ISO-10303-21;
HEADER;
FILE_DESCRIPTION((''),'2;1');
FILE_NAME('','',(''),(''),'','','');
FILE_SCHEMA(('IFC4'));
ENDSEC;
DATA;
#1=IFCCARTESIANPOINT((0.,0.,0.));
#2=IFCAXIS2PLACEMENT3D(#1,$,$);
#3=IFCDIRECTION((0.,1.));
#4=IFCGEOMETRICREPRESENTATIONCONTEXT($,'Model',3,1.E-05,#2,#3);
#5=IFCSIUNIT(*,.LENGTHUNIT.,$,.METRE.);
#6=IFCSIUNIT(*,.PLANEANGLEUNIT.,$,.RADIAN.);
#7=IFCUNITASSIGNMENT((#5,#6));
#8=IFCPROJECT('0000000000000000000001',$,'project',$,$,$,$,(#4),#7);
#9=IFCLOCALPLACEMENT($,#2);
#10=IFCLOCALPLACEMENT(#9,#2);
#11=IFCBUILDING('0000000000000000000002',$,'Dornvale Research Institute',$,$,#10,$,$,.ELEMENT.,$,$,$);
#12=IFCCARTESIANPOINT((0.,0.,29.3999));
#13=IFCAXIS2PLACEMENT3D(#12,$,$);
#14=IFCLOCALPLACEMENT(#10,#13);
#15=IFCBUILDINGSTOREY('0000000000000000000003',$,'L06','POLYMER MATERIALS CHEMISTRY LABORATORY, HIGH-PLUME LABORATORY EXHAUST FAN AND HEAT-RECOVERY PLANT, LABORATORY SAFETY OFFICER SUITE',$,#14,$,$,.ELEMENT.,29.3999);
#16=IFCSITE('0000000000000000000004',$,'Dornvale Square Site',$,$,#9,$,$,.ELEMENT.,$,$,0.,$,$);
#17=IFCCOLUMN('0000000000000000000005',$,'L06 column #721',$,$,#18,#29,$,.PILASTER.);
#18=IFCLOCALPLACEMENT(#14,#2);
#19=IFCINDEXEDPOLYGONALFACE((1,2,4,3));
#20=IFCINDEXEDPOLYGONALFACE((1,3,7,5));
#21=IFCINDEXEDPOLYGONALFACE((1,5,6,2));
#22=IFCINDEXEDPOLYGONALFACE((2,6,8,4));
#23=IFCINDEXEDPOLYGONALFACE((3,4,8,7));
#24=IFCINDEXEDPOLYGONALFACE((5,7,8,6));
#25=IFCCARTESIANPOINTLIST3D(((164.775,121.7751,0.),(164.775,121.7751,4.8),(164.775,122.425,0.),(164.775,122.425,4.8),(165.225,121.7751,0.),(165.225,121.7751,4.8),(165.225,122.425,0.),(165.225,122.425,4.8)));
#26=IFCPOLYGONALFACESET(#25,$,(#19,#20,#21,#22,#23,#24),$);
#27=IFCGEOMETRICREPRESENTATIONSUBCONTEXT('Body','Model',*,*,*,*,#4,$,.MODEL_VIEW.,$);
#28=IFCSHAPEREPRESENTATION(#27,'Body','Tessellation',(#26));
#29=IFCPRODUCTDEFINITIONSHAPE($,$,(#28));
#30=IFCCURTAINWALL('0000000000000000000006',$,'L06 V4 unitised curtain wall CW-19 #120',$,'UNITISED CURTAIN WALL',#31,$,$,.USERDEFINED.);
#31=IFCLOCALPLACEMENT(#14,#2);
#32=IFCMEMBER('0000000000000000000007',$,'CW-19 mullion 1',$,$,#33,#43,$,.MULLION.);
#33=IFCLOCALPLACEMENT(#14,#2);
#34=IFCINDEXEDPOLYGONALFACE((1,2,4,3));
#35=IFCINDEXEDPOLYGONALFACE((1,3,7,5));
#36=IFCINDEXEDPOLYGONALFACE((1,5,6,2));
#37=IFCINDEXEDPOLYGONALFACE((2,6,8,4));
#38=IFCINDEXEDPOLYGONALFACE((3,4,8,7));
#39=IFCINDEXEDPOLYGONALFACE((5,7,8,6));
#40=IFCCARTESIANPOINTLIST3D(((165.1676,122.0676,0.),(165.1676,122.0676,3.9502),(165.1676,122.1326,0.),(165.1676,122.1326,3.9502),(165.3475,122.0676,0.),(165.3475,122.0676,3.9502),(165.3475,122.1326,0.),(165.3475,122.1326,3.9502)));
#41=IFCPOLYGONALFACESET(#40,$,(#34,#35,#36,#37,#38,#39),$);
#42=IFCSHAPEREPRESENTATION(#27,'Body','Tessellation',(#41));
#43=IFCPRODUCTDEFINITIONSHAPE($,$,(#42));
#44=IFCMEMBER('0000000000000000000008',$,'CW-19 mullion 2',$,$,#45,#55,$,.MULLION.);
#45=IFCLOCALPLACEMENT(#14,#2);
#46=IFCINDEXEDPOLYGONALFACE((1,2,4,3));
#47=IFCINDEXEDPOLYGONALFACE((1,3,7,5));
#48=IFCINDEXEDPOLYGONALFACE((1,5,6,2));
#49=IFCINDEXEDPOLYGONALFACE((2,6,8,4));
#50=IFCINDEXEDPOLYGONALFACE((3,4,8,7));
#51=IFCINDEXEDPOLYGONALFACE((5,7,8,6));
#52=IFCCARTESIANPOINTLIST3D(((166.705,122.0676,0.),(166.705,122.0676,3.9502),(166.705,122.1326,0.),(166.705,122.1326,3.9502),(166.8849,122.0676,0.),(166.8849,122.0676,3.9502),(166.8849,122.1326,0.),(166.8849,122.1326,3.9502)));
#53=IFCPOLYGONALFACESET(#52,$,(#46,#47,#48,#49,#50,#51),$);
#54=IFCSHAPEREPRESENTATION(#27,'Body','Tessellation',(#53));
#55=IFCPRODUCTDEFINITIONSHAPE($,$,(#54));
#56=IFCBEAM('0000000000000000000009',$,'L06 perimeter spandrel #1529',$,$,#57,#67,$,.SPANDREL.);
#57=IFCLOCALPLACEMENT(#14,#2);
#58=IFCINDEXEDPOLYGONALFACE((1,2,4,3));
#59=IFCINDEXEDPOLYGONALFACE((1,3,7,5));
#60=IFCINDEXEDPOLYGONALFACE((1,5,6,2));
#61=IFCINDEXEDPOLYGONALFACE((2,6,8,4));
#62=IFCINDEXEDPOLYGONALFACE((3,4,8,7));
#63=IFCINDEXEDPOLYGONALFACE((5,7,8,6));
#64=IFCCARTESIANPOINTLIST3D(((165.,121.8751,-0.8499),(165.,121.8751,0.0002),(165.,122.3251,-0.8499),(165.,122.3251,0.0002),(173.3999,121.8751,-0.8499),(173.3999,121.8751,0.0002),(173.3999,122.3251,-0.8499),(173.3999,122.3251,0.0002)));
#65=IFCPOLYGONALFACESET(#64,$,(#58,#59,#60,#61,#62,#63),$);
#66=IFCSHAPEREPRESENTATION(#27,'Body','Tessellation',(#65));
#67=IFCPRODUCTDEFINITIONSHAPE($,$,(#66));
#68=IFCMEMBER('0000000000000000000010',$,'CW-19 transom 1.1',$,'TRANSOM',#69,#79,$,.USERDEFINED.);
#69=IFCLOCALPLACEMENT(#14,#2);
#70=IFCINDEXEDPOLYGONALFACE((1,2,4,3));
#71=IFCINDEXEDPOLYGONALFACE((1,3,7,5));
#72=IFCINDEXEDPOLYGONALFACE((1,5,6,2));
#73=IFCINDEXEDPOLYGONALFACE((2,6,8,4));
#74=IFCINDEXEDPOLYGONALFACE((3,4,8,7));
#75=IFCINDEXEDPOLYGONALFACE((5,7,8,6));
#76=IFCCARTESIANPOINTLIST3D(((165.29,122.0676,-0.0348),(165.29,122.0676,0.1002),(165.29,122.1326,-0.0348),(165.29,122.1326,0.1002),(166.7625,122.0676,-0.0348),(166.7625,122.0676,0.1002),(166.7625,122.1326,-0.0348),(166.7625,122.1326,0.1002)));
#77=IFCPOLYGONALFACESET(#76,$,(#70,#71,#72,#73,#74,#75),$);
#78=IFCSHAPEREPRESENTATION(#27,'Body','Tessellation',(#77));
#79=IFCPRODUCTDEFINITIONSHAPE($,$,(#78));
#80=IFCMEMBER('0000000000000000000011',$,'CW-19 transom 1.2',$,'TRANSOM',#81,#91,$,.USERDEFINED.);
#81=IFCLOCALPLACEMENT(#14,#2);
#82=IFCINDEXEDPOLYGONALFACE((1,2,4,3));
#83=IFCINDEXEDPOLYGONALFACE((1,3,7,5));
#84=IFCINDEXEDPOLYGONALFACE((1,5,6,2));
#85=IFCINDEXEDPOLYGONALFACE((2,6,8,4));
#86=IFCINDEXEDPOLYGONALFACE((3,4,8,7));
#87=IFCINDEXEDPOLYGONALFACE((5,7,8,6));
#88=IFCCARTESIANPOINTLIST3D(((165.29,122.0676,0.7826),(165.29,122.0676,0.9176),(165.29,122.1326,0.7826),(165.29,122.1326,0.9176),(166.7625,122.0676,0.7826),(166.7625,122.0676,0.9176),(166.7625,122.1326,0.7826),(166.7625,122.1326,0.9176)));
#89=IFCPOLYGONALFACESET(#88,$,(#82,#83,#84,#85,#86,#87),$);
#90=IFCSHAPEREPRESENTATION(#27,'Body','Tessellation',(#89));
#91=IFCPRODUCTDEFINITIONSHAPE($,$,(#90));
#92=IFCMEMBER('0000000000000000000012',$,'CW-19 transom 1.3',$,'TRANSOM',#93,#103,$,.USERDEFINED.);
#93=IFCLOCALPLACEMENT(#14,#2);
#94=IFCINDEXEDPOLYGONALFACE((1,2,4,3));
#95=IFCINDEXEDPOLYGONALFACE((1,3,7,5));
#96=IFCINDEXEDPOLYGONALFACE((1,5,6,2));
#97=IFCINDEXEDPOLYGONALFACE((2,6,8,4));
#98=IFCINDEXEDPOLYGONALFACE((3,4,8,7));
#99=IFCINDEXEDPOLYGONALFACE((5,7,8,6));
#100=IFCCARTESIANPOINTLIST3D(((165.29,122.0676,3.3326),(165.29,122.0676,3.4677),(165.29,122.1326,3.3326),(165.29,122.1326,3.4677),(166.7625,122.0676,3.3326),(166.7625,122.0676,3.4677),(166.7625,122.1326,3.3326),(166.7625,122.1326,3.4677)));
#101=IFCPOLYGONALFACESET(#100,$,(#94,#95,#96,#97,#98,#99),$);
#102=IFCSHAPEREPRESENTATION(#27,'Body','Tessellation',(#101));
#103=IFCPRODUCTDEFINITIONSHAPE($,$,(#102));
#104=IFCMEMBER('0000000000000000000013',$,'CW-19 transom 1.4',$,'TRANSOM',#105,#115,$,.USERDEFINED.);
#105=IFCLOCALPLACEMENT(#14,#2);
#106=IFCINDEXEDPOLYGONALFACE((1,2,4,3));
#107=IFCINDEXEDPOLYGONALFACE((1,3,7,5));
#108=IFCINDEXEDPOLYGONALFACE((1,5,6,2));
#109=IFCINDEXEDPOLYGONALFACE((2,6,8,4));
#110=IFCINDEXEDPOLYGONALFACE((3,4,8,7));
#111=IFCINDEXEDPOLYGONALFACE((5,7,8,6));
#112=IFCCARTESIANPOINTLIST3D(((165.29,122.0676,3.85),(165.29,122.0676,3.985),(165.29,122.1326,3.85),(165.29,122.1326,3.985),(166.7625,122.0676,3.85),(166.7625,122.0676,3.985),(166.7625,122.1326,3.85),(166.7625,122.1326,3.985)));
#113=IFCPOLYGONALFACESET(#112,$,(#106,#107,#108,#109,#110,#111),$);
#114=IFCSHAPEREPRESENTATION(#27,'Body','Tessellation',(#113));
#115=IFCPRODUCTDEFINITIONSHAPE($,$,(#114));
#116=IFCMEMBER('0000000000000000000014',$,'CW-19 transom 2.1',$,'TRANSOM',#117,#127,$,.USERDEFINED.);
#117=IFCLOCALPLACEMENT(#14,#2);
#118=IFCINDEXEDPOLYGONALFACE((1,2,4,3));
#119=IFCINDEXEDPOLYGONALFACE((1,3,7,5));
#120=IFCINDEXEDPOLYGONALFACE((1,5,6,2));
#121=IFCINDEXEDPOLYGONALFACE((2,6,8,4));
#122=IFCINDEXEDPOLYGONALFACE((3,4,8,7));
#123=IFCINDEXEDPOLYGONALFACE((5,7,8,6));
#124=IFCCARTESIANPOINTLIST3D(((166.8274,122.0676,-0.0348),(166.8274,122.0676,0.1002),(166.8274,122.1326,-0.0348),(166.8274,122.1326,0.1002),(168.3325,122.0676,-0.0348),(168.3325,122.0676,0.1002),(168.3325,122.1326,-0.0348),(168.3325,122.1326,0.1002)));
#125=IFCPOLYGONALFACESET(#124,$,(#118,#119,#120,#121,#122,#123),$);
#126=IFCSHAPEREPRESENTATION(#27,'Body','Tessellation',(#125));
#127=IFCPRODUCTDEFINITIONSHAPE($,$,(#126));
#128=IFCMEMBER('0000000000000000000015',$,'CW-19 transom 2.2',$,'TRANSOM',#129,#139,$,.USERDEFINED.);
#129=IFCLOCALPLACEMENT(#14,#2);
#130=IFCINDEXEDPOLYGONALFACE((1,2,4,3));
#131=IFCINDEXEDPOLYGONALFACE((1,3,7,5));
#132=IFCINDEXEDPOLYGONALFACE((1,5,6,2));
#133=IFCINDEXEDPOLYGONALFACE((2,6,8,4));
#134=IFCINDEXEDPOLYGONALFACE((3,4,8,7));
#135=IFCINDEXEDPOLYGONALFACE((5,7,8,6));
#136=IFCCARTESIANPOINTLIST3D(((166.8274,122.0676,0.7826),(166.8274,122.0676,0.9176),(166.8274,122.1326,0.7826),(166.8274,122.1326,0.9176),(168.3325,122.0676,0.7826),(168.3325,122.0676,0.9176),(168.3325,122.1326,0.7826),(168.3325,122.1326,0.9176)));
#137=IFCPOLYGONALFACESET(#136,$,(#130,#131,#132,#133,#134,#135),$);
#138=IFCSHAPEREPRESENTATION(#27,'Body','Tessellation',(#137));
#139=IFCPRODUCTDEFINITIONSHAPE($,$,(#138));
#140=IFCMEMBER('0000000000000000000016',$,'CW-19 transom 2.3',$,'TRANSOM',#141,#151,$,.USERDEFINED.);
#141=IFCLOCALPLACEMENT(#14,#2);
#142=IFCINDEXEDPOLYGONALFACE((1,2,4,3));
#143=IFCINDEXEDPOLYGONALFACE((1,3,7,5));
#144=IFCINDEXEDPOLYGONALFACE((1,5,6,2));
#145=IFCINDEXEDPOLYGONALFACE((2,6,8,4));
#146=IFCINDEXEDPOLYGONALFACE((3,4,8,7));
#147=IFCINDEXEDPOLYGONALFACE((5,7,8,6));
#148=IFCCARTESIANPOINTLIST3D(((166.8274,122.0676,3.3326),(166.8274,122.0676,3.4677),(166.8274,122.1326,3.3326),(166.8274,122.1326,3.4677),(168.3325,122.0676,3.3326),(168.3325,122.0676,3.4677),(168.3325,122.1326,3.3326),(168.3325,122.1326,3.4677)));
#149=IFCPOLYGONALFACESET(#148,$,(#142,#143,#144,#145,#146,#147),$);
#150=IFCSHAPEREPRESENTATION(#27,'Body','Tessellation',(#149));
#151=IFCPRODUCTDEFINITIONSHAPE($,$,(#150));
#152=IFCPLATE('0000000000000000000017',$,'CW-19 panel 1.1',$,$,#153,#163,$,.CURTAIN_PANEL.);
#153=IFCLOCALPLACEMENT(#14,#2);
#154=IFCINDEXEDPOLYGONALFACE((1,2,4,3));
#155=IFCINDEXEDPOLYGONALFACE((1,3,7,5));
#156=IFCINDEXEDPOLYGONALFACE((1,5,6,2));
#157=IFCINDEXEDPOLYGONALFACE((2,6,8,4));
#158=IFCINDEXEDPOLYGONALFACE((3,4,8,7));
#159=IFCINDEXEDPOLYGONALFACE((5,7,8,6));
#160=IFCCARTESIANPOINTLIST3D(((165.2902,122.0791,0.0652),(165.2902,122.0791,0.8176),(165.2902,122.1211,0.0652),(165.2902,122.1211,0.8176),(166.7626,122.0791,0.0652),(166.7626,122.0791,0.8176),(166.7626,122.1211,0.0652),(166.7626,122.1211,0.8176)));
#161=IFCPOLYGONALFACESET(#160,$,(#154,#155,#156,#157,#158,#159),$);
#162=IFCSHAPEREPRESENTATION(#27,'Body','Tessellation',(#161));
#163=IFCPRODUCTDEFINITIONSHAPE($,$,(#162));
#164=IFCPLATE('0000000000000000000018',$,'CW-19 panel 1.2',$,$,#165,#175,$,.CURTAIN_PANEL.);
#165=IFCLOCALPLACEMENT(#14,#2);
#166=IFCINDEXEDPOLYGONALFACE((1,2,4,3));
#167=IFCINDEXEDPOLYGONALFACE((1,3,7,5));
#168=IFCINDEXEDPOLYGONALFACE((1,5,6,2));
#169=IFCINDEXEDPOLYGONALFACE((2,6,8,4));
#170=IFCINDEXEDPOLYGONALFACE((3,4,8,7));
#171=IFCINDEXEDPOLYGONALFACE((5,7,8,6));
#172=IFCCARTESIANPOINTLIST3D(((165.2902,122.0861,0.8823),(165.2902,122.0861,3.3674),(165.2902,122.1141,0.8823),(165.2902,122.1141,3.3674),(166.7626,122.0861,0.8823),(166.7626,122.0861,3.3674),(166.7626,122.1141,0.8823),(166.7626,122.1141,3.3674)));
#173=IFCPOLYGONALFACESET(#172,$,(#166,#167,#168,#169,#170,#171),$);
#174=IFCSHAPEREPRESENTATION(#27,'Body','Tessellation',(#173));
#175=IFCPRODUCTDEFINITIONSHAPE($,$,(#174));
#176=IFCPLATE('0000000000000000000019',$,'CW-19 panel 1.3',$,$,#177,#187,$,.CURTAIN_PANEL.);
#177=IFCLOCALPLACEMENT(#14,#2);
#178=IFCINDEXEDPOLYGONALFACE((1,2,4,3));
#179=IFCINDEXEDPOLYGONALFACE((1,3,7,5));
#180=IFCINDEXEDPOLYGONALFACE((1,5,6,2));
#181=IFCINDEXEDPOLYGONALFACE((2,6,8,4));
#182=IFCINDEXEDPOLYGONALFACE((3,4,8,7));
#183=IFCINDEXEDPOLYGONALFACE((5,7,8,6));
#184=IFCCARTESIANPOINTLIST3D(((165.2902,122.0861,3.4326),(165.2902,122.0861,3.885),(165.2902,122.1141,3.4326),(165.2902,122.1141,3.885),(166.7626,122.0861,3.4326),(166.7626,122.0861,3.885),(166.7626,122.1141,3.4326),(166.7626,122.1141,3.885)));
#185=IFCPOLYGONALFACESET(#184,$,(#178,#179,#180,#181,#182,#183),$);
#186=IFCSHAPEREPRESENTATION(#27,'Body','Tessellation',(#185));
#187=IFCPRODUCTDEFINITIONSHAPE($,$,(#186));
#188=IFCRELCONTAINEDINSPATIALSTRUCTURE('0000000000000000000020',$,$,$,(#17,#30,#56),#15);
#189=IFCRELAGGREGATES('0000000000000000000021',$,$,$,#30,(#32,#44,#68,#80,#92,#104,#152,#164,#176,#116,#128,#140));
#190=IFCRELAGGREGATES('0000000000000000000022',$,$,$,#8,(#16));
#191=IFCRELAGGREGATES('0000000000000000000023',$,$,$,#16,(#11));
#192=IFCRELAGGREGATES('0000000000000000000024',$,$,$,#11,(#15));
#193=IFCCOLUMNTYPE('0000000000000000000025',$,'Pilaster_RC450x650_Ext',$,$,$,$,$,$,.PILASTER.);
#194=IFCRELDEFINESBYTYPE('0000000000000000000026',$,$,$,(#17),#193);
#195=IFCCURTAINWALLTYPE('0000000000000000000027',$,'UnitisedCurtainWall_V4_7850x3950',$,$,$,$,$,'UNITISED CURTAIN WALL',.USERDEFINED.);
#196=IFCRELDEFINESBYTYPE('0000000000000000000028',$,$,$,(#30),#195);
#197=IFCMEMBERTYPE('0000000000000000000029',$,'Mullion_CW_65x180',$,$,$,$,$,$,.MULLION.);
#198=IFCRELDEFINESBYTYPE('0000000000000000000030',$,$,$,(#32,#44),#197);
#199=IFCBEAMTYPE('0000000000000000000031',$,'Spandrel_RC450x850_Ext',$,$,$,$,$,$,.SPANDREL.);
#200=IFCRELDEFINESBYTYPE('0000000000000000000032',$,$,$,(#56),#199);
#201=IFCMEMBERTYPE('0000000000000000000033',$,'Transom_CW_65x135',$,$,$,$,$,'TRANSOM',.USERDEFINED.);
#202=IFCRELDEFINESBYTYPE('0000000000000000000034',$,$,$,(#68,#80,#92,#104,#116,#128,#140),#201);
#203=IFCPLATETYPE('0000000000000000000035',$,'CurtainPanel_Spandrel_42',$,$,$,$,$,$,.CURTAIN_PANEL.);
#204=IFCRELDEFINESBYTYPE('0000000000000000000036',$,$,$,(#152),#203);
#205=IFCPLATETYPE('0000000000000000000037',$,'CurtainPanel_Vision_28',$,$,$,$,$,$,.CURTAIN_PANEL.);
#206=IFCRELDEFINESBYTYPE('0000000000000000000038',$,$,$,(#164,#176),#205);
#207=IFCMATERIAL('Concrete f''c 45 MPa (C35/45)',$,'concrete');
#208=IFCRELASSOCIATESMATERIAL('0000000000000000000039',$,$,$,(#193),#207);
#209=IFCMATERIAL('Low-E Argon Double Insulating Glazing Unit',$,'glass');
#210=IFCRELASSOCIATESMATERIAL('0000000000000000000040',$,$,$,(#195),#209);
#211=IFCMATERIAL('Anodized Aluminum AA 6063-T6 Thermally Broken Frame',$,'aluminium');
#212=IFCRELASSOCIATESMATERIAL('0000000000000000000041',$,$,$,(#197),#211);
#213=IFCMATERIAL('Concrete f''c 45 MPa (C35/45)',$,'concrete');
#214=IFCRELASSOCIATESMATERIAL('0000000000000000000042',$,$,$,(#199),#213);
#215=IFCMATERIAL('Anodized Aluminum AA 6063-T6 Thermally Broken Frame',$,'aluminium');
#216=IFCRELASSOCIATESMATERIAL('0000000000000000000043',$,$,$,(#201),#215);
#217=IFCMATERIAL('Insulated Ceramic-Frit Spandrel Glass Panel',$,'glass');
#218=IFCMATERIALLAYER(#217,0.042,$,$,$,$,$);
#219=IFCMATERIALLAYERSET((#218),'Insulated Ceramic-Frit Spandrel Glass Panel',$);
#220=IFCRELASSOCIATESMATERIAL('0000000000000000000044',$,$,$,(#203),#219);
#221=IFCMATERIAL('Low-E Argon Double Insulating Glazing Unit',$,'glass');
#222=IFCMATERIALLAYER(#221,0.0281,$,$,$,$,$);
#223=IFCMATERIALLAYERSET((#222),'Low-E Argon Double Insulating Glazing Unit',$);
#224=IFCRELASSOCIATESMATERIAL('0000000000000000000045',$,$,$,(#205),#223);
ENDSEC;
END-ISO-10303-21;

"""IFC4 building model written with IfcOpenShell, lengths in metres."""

from ifc_helpers import new_model, si_unit, direction, frame, origin, origin_2d, place, context, subcontext, project, spatial, rectangle, extrude, material, layer, layer_set, material_profile, profile_set, type_object, element, aggregate, save


model = new_model("IFC4")

# Units and contexts
model_context = context("Model", 3, precision=1e-05, world=origin(), true_north=direction((0.0, 1.0)))
body_context = subcontext(model_context, "Body", "Model", "MODEL_VIEW")
ifc_project = project(units=[si_unit("LENGTHUNIT", "METRE"), si_unit("PLANEANGLEUNIT", "RADIAN")], contexts=[model_context])

# Site, building, storey
site_placement = place(None, origin())
site = spatial("IfcSite", under=ifc_project, at=site_placement, Name="Dornvale Square Site", CompositionType="ELEMENT", RefElevation=0.0)
building_placement = place(site_placement, origin())
building = spatial("IfcBuilding", under=site, at=building_placement, Name="Dornvale Research Institute", CompositionType="ELEMENT")
storey_placement = place(building_placement, frame((0.0, 0.0, 29.3999)))
storey = spatial("IfcBuildingStorey", under=building, at=storey_placement, Name="L06", Description="POLYMER MATERIALS CHEMISTRY LABORATORY, HIGH-PLUME LABORATORY EXHAUST FAN AND HEAT-RECOVERY PLANT, LABORATORY SAFETY OFFICER SUITE", CompositionType="ELEMENT", Elevation=29.3999)

# Column
ifc_material_1 = material(Name="Concrete f'c 45 MPa (C35/45)", Category="concrete")
ifc_material_profile_1 = material_profile(ifc_material_1, rectangle(XDim=0.45, YDim=0.6499, at=origin_2d()), Name="RC 450x650")
ifc_profile_set_1 = profile_set([ifc_material_profile_1], Name="Concrete f'c 45 MPa (C35/45)")
column_type = type_object("IfcColumnType", Name="Pilaster_RC450x650_Ext", PredefinedType="PILASTER", material=ifc_profile_set_1)
column_placement = place(storey_placement, frame((165.0, 122.1001, 0.0), z_axis=(0.0, 0.0, 1.0), x_axis=(1.0, 0.0, 0.0)))
element("IfcColumn", 1, at=column_placement, inside=storey, type_object=column_type, Name="L06 column #721", PredefinedType="PILASTER", context=body_context, shape_type="SweptSolid", body=[
    extrude(rectangle(XDim=0.45, YDim=0.6499, at=origin_2d()), origin(), (0.0, 0.0, 1.0), 4.8),
])

# Curtain wall, members
ifc_material_2 = material(Name="Low-E Argon Double Insulating Glazing Unit", Category="glass")
curtain_wall_type = type_object("IfcCurtainWallType", Name="UnitisedCurtainWall_V4_7850x3950", ElementType="UNITISED CURTAIN WALL", PredefinedType="USERDEFINED", material=ifc_material_2)
curtain_wall_placement = place(storey_placement, origin())
curtain_wall = element("IfcCurtainWall", 2, at=curtain_wall_placement, inside=storey, type_object=curtain_wall_type, Name="L06 V4 unitised curtain wall CW-19 #120", ObjectType="UNITISED CURTAIN WALL", PredefinedType="USERDEFINED")
ifc_material_3 = material(Name="Anodized Aluminum AA 6063-T6 Thermally Broken Frame", Category="aluminium")
ifc_material_profile_2 = material_profile(ifc_material_3, rectangle(XDim=0.0649, YDim=0.1799, at=origin_2d()), Name="ALU MULLION 65x180")
ifc_profile_set_2 = profile_set([ifc_material_profile_2], Name="Anodized Aluminum AA 6063-T6 Thermally Broken Frame")
member_type_1 = type_object("IfcMemberType", Name="Mullion_CW_65x180", PredefinedType="MULLION", material=ifc_profile_set_2)
member_1_placement = place(storey_placement, frame((165.2576, 122.1001, 0.0), z_axis=(0.0, 0.0, 1.0), x_axis=(0.0, 1.0, 0.0)))
member_1 = element("IfcMember", 3, at=member_1_placement, type_object=member_type_1, Name="CW-19 mullion 1", PredefinedType="MULLION", context=body_context, shape_type="SweptSolid", body=[
    extrude(rectangle(XDim=0.0649, YDim=0.1799, at=origin_2d()), origin(), (0.0, 0.0, 1.0), 3.9502),
])
member_2_placement = place(storey_placement, frame((166.7949, 122.1001, 0.0), z_axis=(0.0, 0.0, 1.0), x_axis=(0.0, 1.0, 0.0)))
member_2 = element("IfcMember", 4, at=member_2_placement, type_object=member_type_1, Name="CW-19 mullion 2", PredefinedType="MULLION", context=body_context, shape_type="SweptSolid", body=[
    extrude(rectangle(XDim=0.0649, YDim=0.1799, at=origin_2d()), origin(), (0.0, 0.0, 1.0), 3.9502),
])

# Beam
ifc_material_4 = material(Name="Concrete f'c 45 MPa (C35/45)", Category="concrete")
ifc_material_profile_3 = material_profile(ifc_material_4, rectangle(XDim=0.45, YDim=0.8501, at=origin_2d()), Name="RC 450x850")
ifc_profile_set_3 = profile_set([ifc_material_profile_3], Name="Concrete f'c 45 MPa (C35/45)")
beam_type = type_object("IfcBeamType", Name="Spandrel_RC450x850_Ext", PredefinedType="SPANDREL", material=ifc_profile_set_3)
beam_placement = place(storey_placement, frame((165.0, 122.1001, -0.4248), z_axis=(1.0, 0.0, 0.0), x_axis=(0.0, 1.0, 0.0)))
element("IfcBeam", 5, at=beam_placement, inside=storey, type_object=beam_type, Name="L06 perimeter spandrel #1529", PredefinedType="SPANDREL", context=body_context, shape_type="SweptSolid", body=[
    extrude(rectangle(XDim=0.45, YDim=0.8501, at=origin_2d()), origin(), (0.0, 0.0, 1.0), 8.3999),
])

# Members
ifc_material_5 = material(Name="Anodized Aluminum AA 6063-T6 Thermally Broken Frame", Category="aluminium")
ifc_material_profile_4 = material_profile(ifc_material_5, rectangle(XDim=0.0649, YDim=0.135, at=origin_2d()), Name="ALU TRANSOM 65x135")
ifc_profile_set_4 = profile_set([ifc_material_profile_4], Name="Anodized Aluminum AA 6063-T6 Thermally Broken Frame")
member_type_2 = type_object("IfcMemberType", Name="Transom_CW_65x135", ElementType="TRANSOM", PredefinedType="USERDEFINED", material=ifc_profile_set_4)
member_3_placement = place(storey_placement, frame((165.29, 122.1001, 0.0327), z_axis=(1.0, 0.0, 0.0), x_axis=(0.0, 1.0, 0.0)))
member_3 = element("IfcMember", 6, at=member_3_placement, type_object=member_type_2, Name="CW-19 transom 1.1", ObjectType="TRANSOM", PredefinedType="USERDEFINED", context=body_context, shape_type="SweptSolid", body=[
    extrude(rectangle(XDim=0.0649, YDim=0.135, at=origin_2d()), origin(), (0.0, 0.0, 1.0), 1.4724),
])
member_4_placement = place(storey_placement, frame((165.29, 122.1001, 0.8501), z_axis=(1.0, 0.0, 0.0), x_axis=(0.0, 1.0, 0.0)))
member_4 = element("IfcMember", 7, at=member_4_placement, type_object=member_type_2, Name="CW-19 transom 1.2", ObjectType="TRANSOM", PredefinedType="USERDEFINED", context=body_context, shape_type="SweptSolid", body=[
    extrude(rectangle(XDim=0.0649, YDim=0.135, at=origin_2d()), origin(), (0.0, 0.0, 1.0), 1.4724),
])
member_5_placement = place(storey_placement, frame((165.29, 122.1001, 3.4001), z_axis=(1.0, 0.0, 0.0), x_axis=(0.0, 1.0, 0.0)))
member_5 = element("IfcMember", 8, at=member_5_placement, type_object=member_type_2, Name="CW-19 transom 1.3", ObjectType="TRANSOM", PredefinedType="USERDEFINED", context=body_context, shape_type="SweptSolid", body=[
    extrude(rectangle(XDim=0.0649, YDim=0.135, at=origin_2d()), origin(), (0.0, 0.0, 1.0), 1.4724),
])
member_6_placement = place(storey_placement, frame((165.29, 122.1001, 3.9175), z_axis=(1.0, 0.0, 0.0), x_axis=(0.0, 1.0, 0.0)))
member_6 = element("IfcMember", 9, at=member_6_placement, type_object=member_type_2, Name="CW-19 transom 1.4", ObjectType="TRANSOM", PredefinedType="USERDEFINED", context=body_context, shape_type="SweptSolid", body=[
    extrude(rectangle(XDim=0.0649, YDim=0.135, at=origin_2d()), origin(), (0.0, 0.0, 1.0), 1.4724),
])
member_7_placement = place(storey_placement, frame((166.8274, 122.1001, 0.0327), z_axis=(1.0, 0.0, 0.0), x_axis=(0.0, 1.0, 0.0)))
member_7 = element("IfcMember", 10, at=member_7_placement, type_object=member_type_2, Name="CW-19 transom 2.1", ObjectType="TRANSOM", PredefinedType="USERDEFINED", context=body_context, shape_type="SweptSolid", body=[
    extrude(rectangle(XDim=0.0649, YDim=0.135, at=origin_2d()), origin(), (0.0, 0.0, 1.0), 1.5051),
])
member_8_placement = place(storey_placement, frame((166.8274, 122.1001, 0.8501), z_axis=(1.0, 0.0, 0.0), x_axis=(0.0, 1.0, 0.0)))
member_8 = element("IfcMember", 11, at=member_8_placement, type_object=member_type_2, Name="CW-19 transom 2.2", ObjectType="TRANSOM", PredefinedType="USERDEFINED", context=body_context, shape_type="SweptSolid", body=[
    extrude(rectangle(XDim=0.0649, YDim=0.135, at=origin_2d()), origin(), (0.0, 0.0, 1.0), 1.5051),
])
member_9_placement = place(storey_placement, frame((166.8274, 122.1001, 3.4001), z_axis=(1.0, 0.0, 0.0), x_axis=(0.0, 1.0, 0.0)))
member_9 = element("IfcMember", 12, at=member_9_placement, type_object=member_type_2, Name="CW-19 transom 2.3", ObjectType="TRANSOM", PredefinedType="USERDEFINED", context=body_context, shape_type="SweptSolid", body=[
    extrude(rectangle(XDim=0.0649, YDim=0.135, at=origin_2d()), origin(), (0.0, 0.0, 1.0), 1.5051),
])

# Plates
ifc_material_6 = material(Name="Insulated Ceramic-Frit Spandrel Glass Panel", Category="glass")
ifc_layer_1 = layer(ifc_material_6, 0.042)
ifc_layer_set_1 = layer_set([ifc_layer_1], Name="Insulated Ceramic-Frit Spandrel Glass Panel")
plate_type_1 = type_object("IfcPlateType", Name="CurtainPanel_Spandrel_42", PredefinedType="CURTAIN_PANEL", material=ifc_layer_set_1)
plate_1_placement = place(storey_placement, frame((166.0264, 122.1001, 0.0652), z_axis=(0.0, 0.0, 1.0), x_axis=(1.0, 0.0, 0.0)))
plate_1 = element("IfcPlate", 13, at=plate_1_placement, type_object=plate_type_1, Name="CW-19 panel 1.1", PredefinedType="CURTAIN_PANEL", context=body_context, shape_type="SweptSolid", body=[
    extrude(rectangle(XDim=1.4724, YDim=0.042, at=origin_2d()), origin(), (0.0, 0.0, 1.0), 0.7524),
])
ifc_material_7 = material(Name="Low-E Argon Double Insulating Glazing Unit", Category="glass")
ifc_layer_2 = layer(ifc_material_7, 0.0281)
ifc_layer_set_2 = layer_set([ifc_layer_2], Name="Low-E Argon Double Insulating Glazing Unit")
plate_type_2 = type_object("IfcPlateType", Name="CurtainPanel_Vision_28", PredefinedType="CURTAIN_PANEL", material=ifc_layer_set_2)
plate_2_placement = place(storey_placement, frame((166.0264, 122.1001, 0.8823), z_axis=(0.0, 0.0, 1.0), x_axis=(1.0, 0.0, 0.0)))
plate_2 = element("IfcPlate", 14, at=plate_2_placement, type_object=plate_type_2, Name="CW-19 panel 1.2", PredefinedType="CURTAIN_PANEL", context=body_context, shape_type="SweptSolid", body=[
    extrude(rectangle(XDim=1.4724, YDim=0.0281, at=origin_2d()), origin(), (0.0, 0.0, 1.0), 2.4851),
])
plate_3_placement = place(storey_placement, frame((166.0264, 122.1001, 3.4326), z_axis=(0.0, 0.0, 1.0), x_axis=(1.0, 0.0, 0.0)))
plate_3 = element("IfcPlate", 15, at=plate_3_placement, type_object=plate_type_2, Name="CW-19 panel 1.3", PredefinedType="CURTAIN_PANEL", context=body_context, shape_type="SweptSolid", body=[
    extrude(rectangle(XDim=1.4724, YDim=0.0281, at=origin_2d()), origin(), (0.0, 0.0, 1.0), 0.4524),
])
aggregate(curtain_wall, [member_1, member_2, member_3, member_4, member_5, member_6, plate_1, plate_2, plate_3, member_7, member_8, member_9])

save(model, "model.ifc")
